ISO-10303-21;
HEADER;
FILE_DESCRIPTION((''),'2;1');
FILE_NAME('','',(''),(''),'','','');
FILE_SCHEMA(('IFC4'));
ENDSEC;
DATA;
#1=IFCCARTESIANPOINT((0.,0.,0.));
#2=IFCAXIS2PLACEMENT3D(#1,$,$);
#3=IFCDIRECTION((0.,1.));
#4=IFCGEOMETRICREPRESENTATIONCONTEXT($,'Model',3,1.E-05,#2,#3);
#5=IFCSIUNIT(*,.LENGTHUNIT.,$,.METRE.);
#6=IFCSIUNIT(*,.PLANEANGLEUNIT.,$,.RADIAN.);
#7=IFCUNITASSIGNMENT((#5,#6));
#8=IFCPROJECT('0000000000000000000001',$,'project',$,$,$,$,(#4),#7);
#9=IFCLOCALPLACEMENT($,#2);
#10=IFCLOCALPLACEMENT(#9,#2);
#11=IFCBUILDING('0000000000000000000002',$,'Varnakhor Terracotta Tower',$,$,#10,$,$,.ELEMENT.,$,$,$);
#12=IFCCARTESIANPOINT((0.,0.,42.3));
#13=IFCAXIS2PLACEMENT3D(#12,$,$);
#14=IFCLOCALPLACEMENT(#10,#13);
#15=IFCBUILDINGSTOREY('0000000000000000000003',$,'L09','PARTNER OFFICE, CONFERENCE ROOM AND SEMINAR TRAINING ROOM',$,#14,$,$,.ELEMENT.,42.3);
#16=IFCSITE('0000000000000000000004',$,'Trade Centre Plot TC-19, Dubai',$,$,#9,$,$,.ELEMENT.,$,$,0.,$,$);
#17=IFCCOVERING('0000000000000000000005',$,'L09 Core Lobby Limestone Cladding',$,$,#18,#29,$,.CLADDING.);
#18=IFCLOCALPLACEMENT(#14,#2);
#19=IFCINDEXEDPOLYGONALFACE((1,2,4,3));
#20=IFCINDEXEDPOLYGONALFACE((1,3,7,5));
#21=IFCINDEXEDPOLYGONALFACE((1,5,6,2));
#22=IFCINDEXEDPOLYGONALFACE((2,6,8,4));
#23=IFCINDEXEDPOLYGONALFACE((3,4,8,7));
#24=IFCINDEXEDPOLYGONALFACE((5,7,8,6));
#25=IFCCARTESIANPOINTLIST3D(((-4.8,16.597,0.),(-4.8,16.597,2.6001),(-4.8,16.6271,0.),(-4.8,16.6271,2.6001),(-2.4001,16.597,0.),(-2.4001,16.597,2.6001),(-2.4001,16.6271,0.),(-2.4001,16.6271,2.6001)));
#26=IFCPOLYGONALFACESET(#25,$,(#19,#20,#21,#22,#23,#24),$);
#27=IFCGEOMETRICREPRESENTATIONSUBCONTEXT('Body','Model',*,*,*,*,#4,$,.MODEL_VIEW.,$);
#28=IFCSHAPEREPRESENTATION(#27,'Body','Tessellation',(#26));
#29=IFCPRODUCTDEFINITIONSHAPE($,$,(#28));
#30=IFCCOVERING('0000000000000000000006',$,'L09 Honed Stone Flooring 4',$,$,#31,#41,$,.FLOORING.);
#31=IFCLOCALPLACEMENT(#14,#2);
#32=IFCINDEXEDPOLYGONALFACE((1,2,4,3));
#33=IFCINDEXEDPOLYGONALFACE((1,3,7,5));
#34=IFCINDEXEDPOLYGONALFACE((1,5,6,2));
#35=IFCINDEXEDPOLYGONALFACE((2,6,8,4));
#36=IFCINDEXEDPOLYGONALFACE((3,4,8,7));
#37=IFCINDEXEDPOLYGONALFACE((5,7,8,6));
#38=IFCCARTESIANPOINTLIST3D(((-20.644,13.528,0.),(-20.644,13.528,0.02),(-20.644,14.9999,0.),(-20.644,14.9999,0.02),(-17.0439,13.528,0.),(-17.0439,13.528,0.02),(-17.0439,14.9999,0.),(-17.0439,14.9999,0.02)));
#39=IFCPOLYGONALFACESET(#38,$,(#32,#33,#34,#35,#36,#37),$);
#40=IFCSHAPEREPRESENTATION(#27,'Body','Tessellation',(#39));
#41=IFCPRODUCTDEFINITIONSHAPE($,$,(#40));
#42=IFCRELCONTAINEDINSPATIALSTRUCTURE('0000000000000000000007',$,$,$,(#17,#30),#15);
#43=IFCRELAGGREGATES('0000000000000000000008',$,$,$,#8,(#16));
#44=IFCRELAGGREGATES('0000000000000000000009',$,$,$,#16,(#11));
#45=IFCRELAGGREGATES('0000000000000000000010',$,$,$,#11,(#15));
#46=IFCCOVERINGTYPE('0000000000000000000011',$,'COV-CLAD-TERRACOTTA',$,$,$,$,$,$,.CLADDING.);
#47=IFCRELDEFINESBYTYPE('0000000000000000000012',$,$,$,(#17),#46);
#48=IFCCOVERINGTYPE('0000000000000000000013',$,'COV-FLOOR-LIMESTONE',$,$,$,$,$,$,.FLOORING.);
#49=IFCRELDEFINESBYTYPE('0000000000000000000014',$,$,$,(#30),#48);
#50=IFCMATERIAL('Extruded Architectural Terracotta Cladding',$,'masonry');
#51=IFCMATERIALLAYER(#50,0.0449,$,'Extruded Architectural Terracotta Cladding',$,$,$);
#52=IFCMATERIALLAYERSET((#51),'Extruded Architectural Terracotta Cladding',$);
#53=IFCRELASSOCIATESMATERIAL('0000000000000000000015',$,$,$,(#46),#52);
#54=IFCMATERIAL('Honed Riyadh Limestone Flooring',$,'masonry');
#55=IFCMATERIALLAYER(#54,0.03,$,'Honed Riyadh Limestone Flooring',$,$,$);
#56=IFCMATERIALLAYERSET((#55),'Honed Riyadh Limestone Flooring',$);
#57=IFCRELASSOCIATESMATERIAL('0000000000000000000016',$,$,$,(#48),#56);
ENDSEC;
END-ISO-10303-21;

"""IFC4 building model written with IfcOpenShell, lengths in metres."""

from ifc_helpers import new_model, si_unit, direction, frame, origin, origin_2d, place, context, subcontext, project, spatial, rectangle, extrude, source, transform, mapped, material, layer, layer_set, type_object, type_shapes, element, save


model = new_model("IFC4")

# Units and contexts
model_context = context("Model", 3, precision=1e-05, world=origin(), true_north=direction((0.0, 1.0)))
body_context = subcontext(model_context, "Body", "Model", "MODEL_VIEW")
ifc_project = project(units=[si_unit("LENGTHUNIT", "METRE"), si_unit("PLANEANGLEUNIT", "RADIAN")], contexts=[model_context])

# Site, building, storey
site_placement = place(None, origin())
site = spatial("IfcSite", under=ifc_project, at=site_placement, Name="Trade Centre Plot TC-19, Dubai", CompositionType="ELEMENT", RefElevation=0.0)
building_placement = place(site_placement, origin())
building = spatial("IfcBuilding", under=site, at=building_placement, Name="Varnakhor Terracotta Tower", CompositionType="ELEMENT")
storey_placement = place(building_placement, frame((0.0, 0.0, 42.3)))
storey = spatial("IfcBuildingStorey", under=building, at=storey_placement, Name="L09", Description="PARTNER OFFICE, CONFERENCE ROOM AND SEMINAR TRAINING ROOM", CompositionType="ELEMENT", Elevation=42.3)

# Coverings
ifc_material_1 = material(Name="Extruded Architectural Terracotta Cladding", Category="masonry")
ifc_layer_1 = layer(ifc_material_1, 0.0449, Name="Extruded Architectural Terracotta Cladding")
ifc_layer_set_1 = layer_set([ifc_layer_1], Name="Extruded Architectural Terracotta Cladding")
covering_type_1 = type_object("IfcCoveringType", Name="COV-CLAD-TERRACOTTA", PredefinedType="CLADDING", material=ifc_layer_set_1)
shared_shape_1 = source(origin(), body_context, "Body", "SweptSolid", [
    extrude(rectangle(XDim=2.3999, YDim=0.03, at=origin_2d()), origin(), (0.0, 0.0, 1.0), 2.6001),
])
type_shapes(covering_type_1, [shared_shape_1])
covering_1_placement = place(storey_placement, frame((-3.6001, 16.6121, 0.0), z_axis=(0.0, 0.0, 1.0), x_axis=(1.0, 0.0, 0.0)))
element("IfcCovering", 1, at=covering_1_placement, inside=storey, type_object=covering_type_1, Name="L09 Core Lobby Limestone Cladding", PredefinedType="CLADDING", context=body_context, shape_type="MappedRepresentation", body=[
    mapped(shared_shape_1, transform((0.0, 0.0, 0.0), scale=1.0)),
])
ifc_material_2 = material(Name="Honed Riyadh Limestone Flooring", Category="masonry")
ifc_layer_2 = layer(ifc_material_2, 0.03, Name="Honed Riyadh Limestone Flooring")
ifc_layer_set_2 = layer_set([ifc_layer_2], Name="Honed Riyadh Limestone Flooring")
covering_type_2 = type_object("IfcCoveringType", Name="COV-FLOOR-LIMESTONE", PredefinedType="FLOORING", material=ifc_layer_set_2)
shared_shape_2 = source(origin(), body_context, "Body", "SweptSolid", [
    extrude(rectangle(XDim=3.6001, YDim=1.4719, at=origin_2d()), origin(), (0.0, 0.0, 1.0), 0.02),
])
covering_2_placement = place(storey_placement, frame((-18.844, 14.2639, 0.0), z_axis=(0.0, 0.0, 1.0), x_axis=(1.0, 0.0, 0.0)))
element("IfcCovering", 2, at=covering_2_placement, inside=storey, type_object=covering_type_2, Name="L09 Honed Stone Flooring 4", PredefinedType="FLOORING", context=body_context, shape_type="MappedRepresentation", body=[
    mapped(shared_shape_2, transform((0.0, 0.0, 0.0), scale=1.0)),
])

save(model, "model.ifc")
